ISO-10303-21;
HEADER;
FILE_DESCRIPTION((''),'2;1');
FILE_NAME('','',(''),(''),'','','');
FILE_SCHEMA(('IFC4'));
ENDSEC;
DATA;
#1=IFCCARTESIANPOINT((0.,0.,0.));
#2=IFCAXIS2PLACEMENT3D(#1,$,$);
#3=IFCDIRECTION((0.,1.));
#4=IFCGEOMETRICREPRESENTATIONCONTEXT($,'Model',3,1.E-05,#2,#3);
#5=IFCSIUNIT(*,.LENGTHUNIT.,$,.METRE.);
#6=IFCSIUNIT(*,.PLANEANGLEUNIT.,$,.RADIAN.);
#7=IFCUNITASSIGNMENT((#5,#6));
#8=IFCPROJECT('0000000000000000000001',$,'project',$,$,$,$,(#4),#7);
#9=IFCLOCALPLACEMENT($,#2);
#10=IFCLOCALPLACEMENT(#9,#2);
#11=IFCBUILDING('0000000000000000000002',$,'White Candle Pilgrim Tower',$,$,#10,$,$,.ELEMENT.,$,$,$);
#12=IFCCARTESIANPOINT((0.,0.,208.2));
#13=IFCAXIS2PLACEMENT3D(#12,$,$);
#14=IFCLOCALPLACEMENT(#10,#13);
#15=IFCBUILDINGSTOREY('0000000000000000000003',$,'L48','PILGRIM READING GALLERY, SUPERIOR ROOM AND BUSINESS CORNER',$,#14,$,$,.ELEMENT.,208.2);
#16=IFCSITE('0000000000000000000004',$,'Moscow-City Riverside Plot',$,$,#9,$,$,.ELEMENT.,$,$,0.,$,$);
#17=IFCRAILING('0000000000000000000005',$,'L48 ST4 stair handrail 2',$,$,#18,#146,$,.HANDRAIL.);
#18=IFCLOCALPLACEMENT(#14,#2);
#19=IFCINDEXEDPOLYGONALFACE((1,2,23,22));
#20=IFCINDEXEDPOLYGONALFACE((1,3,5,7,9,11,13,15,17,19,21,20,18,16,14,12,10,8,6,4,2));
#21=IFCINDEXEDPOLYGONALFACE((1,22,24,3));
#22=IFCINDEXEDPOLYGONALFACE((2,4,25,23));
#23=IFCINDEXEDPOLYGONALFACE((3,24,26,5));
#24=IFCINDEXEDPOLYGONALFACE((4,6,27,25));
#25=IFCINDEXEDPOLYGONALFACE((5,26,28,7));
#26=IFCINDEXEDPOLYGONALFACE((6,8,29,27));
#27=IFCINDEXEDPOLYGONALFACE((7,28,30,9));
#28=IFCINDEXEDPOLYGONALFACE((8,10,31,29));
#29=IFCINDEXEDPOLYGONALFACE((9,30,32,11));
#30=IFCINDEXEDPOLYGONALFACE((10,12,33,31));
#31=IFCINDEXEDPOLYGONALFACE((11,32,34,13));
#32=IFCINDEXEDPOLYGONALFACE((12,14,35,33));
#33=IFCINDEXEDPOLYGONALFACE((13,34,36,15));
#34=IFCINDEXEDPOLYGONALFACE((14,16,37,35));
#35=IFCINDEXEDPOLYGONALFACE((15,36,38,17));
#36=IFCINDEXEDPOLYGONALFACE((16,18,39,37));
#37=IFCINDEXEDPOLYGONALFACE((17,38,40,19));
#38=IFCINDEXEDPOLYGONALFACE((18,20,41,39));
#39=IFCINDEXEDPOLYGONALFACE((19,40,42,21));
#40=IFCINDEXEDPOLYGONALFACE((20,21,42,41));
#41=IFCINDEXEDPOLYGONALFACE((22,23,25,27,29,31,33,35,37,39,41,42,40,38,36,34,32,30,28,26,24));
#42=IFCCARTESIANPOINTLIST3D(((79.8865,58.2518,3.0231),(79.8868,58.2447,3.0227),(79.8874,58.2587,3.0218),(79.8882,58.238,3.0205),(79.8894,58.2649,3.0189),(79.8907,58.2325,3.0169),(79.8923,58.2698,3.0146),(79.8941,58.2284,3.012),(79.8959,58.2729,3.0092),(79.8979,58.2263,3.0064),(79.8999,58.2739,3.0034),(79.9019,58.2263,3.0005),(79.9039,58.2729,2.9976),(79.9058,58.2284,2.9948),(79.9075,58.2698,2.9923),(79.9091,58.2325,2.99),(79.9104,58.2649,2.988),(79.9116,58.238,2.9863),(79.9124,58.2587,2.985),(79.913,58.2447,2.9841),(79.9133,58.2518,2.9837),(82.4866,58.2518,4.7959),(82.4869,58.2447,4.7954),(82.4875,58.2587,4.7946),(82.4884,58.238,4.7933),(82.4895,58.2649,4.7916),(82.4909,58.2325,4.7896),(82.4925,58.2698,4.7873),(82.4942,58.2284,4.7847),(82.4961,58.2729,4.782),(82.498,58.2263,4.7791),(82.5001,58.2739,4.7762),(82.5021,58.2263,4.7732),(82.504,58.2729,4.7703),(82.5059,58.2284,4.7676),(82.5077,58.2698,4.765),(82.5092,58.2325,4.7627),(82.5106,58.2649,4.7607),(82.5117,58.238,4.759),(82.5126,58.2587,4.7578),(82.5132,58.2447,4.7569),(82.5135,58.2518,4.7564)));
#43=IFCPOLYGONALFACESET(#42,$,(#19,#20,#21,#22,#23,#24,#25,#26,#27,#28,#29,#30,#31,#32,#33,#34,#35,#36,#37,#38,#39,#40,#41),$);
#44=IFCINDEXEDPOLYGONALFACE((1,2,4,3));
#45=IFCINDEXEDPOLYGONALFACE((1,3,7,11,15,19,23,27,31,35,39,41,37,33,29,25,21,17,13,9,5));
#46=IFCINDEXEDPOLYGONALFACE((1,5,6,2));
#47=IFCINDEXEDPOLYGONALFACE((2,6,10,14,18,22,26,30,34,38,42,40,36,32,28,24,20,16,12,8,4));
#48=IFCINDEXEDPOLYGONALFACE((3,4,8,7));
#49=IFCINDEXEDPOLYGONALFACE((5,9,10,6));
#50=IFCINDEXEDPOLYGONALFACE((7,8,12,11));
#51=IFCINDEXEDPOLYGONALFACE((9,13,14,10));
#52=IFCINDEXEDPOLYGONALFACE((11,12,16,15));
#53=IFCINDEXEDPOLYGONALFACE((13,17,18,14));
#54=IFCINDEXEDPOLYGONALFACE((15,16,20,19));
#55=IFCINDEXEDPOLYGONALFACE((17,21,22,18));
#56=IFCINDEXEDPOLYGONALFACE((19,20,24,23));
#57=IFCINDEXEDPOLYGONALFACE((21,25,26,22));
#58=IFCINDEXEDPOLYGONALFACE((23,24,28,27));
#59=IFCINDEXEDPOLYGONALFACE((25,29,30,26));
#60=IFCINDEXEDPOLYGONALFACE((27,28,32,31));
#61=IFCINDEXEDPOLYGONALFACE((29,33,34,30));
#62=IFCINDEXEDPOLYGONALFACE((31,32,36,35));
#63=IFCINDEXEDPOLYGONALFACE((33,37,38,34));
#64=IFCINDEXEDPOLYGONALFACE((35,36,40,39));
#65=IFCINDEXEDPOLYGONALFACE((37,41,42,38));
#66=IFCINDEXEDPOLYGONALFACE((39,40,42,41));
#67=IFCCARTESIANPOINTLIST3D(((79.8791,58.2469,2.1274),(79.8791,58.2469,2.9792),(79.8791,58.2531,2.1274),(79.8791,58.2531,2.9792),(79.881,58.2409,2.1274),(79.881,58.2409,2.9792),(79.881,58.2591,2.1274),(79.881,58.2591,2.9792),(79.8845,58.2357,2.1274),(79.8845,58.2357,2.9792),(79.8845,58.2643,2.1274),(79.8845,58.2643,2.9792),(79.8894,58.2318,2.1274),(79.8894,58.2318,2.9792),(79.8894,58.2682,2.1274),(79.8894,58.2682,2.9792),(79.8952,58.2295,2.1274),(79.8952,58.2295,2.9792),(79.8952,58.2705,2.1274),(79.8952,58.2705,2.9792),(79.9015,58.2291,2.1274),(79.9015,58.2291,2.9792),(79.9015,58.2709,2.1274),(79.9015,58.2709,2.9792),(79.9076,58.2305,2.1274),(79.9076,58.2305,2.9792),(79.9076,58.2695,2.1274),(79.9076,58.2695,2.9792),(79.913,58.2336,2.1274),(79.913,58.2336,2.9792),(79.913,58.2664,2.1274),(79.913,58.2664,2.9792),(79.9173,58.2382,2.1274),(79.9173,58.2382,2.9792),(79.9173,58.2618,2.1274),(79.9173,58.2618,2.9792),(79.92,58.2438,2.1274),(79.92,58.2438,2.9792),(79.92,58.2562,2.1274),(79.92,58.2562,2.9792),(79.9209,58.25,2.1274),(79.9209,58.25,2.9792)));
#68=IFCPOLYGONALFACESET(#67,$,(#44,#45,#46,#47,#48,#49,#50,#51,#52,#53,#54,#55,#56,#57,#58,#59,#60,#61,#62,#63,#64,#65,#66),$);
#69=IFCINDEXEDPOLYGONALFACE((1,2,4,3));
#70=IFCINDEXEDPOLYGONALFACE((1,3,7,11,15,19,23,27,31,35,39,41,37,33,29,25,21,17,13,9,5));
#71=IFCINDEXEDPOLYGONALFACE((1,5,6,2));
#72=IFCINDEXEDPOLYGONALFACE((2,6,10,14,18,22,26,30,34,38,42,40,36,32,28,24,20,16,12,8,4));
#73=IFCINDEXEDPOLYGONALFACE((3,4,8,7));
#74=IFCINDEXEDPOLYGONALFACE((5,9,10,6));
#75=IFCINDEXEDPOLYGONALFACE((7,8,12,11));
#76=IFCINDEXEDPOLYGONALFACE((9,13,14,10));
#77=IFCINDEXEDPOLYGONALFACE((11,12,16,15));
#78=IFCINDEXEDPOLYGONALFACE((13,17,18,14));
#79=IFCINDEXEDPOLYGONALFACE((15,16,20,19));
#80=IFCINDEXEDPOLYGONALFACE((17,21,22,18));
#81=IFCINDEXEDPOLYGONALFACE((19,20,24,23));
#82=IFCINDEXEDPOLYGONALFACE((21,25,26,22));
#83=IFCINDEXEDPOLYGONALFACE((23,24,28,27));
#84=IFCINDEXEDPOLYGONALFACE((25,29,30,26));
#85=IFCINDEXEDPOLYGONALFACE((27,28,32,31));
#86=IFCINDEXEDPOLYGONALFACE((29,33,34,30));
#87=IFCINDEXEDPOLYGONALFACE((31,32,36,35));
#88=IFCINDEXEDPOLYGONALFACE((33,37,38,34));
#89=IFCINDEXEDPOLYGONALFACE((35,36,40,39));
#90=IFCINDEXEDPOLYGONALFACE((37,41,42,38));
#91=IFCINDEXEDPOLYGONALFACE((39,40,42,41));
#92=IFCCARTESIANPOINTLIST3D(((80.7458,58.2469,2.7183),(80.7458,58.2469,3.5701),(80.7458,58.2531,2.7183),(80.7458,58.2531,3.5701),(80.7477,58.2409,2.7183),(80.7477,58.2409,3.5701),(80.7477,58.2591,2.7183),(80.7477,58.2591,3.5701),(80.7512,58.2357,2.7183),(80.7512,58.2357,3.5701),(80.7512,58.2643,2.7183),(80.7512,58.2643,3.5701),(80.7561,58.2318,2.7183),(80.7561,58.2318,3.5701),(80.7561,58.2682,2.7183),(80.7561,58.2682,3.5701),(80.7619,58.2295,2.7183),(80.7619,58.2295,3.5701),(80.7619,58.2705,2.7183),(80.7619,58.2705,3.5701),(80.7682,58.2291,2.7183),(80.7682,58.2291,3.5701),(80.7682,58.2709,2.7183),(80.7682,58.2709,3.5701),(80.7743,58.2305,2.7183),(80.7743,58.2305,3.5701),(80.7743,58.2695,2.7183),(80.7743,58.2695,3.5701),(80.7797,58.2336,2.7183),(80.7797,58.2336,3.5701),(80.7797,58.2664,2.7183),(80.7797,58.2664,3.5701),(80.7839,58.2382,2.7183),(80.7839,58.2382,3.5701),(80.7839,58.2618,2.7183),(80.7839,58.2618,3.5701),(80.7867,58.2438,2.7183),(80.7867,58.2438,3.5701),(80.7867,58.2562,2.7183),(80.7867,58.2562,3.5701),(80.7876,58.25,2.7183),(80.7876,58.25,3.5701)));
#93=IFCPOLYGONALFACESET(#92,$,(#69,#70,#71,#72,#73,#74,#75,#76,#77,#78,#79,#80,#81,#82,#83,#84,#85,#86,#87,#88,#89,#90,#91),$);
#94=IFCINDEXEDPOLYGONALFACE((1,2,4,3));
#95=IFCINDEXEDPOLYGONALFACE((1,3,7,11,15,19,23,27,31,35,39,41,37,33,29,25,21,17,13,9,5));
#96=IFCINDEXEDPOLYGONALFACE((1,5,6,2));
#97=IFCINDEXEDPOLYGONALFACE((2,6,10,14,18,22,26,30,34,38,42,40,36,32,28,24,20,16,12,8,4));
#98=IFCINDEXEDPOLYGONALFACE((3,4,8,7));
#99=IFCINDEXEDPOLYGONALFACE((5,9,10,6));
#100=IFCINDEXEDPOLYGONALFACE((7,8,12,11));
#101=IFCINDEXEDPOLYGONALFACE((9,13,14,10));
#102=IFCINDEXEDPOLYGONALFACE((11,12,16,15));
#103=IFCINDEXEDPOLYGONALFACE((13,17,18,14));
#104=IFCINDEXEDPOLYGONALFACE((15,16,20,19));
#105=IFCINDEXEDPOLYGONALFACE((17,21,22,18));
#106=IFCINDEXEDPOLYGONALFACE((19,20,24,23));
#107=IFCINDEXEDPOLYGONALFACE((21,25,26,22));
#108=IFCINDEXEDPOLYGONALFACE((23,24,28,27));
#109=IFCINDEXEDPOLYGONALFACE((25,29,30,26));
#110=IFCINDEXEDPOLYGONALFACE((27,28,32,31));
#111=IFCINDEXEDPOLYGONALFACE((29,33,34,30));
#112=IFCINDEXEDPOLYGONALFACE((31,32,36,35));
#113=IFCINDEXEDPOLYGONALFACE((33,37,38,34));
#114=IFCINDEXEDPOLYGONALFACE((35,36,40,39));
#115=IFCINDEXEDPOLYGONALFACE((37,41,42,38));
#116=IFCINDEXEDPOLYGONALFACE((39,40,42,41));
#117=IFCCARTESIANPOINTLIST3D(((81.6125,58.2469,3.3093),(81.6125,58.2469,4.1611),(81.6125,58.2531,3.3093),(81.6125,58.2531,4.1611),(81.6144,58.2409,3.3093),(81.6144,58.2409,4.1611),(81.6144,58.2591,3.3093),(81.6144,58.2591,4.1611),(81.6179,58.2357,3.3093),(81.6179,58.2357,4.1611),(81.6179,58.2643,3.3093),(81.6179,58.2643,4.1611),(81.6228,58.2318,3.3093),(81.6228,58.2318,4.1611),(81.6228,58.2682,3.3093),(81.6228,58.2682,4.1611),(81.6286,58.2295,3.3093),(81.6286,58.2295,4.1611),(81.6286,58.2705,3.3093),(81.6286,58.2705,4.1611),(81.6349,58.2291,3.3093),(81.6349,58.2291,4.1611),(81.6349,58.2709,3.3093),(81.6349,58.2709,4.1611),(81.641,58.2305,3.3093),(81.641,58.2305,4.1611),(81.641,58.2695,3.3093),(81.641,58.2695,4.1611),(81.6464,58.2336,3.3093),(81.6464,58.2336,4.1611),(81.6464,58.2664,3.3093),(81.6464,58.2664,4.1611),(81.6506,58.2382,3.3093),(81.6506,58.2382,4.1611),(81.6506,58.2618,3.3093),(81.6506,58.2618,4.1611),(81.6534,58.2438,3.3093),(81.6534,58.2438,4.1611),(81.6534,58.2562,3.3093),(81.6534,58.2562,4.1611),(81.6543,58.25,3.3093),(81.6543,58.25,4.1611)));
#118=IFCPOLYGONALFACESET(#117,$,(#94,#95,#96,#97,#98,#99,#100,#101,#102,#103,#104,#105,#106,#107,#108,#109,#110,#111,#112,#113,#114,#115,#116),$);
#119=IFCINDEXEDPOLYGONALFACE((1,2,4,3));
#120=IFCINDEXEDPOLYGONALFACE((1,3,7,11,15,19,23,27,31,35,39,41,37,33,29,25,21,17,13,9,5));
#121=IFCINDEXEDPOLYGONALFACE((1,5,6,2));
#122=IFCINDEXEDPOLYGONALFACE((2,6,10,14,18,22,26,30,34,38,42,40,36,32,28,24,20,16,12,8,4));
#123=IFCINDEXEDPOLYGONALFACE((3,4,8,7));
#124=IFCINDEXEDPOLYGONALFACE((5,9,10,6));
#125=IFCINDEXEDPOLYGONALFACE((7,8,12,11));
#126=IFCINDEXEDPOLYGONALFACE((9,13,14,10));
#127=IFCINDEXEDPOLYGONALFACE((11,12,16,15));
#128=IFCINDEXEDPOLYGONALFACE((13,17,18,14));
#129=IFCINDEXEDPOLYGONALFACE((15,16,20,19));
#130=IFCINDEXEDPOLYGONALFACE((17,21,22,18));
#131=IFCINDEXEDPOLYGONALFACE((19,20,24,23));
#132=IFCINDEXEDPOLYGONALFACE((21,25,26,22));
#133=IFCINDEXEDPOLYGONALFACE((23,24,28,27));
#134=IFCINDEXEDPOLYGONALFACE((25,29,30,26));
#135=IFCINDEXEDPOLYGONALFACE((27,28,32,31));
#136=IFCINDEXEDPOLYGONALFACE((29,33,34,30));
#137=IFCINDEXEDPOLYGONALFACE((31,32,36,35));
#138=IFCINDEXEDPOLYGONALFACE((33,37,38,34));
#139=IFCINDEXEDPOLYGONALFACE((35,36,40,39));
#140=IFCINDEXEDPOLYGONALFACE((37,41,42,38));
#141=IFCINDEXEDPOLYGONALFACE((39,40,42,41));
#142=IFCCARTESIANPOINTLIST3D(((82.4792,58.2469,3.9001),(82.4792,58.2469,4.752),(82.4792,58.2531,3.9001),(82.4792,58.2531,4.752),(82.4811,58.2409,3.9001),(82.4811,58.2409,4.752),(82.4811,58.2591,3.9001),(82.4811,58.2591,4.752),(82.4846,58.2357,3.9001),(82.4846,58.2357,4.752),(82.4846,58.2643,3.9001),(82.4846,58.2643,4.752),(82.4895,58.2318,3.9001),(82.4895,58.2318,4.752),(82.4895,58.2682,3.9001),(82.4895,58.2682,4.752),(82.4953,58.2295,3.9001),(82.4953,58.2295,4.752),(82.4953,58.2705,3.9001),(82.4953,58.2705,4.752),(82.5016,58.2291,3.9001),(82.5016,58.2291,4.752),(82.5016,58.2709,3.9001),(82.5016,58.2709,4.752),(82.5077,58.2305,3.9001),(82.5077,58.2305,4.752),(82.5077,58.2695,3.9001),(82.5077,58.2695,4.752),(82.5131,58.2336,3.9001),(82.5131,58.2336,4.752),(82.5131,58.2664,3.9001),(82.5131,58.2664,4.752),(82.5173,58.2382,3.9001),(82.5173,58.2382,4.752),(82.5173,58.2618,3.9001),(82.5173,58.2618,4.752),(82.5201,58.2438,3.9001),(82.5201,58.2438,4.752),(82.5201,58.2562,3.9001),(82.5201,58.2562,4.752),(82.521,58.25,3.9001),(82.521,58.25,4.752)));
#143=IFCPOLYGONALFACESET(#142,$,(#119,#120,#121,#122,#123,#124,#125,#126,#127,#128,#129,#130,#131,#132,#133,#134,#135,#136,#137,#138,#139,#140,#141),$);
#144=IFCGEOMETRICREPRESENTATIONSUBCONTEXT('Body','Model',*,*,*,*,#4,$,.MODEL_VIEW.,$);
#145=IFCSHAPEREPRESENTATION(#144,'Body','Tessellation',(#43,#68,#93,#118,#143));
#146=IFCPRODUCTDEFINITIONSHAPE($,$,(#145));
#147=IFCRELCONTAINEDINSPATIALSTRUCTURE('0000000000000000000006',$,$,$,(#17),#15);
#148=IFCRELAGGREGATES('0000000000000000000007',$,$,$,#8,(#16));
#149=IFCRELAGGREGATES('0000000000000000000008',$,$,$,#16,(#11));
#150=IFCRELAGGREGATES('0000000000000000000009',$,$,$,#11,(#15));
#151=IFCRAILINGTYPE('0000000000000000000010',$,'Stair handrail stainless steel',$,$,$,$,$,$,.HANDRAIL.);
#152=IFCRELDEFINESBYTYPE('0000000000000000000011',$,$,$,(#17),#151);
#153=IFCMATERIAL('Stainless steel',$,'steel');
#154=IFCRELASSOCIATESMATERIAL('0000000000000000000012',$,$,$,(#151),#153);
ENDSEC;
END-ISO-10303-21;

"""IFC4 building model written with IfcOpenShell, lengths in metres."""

from ifc_helpers import new_model, si_unit, direction, frame, origin, origin_2d, place, context, subcontext, project, spatial, circle, extrude, material, type_object, element, save


model = new_model("IFC4")

# Units and contexts
model_context = context("Model", 3, precision=1e-05, world=origin(), true_north=direction((0.0, 1.0)))
body_context = subcontext(model_context, "Body", "Model", "MODEL_VIEW")
ifc_project = project(units=[si_unit("LENGTHUNIT", "METRE"), si_unit("PLANEANGLEUNIT", "RADIAN")], contexts=[model_context])

# Site, building, storey
site_placement = place(None, origin())
site = spatial("IfcSite", under=ifc_project, at=site_placement, Name="Moscow-City Riverside Plot", CompositionType="ELEMENT", RefElevation=0.0)
building_placement = place(site_placement, origin())
building = spatial("IfcBuilding", under=site, at=building_placement, Name="White Candle Pilgrim Tower", CompositionType="ELEMENT")
storey_placement = place(building_placement, frame((0.0, 0.0, 208.2)))
storey = spatial("IfcBuildingStorey", under=building, at=storey_placement, Name="L48", Description="PILGRIM READING GALLERY, SUPERIOR ROOM AND BUSINESS CORNER", CompositionType="ELEMENT", Elevation=208.2)

# Railing
ifc_material_1 = material(Name="Stainless steel", Category="steel")
railing_type_1 = type_object("IfcRailingType", Name="Stair handrail stainless steel", PredefinedType="HANDRAIL", material=ifc_material_1)
railing_1_placement = place(storey_placement, frame((79.8999, 58.25, 2.1274)))
element("IfcRailing", 1, at=railing_1_placement, inside=storey, type_object=railing_type_1, Name="L48 ST4 stair handrail 2", PredefinedType="HANDRAIL", context=body_context, shape_type="SweptSolid", body=[
    extrude(circle(Radius=0.0239, at=origin_2d()), frame((0.0, 0.0, 0.876), z_axis=(0.82624, 0.0, 0.563318), x_axis=(0.0, 1.0, 0.0)), (0.0, 0.0, 1.0), 3.147),
    extrude(circle(Radius=0.021, at=origin_2d()), origin(), (0.0, 0.0, 1.0), 0.8518),
    extrude(circle(Radius=0.021, at=origin_2d()), frame((0.8667, 0.0, 0.5908)), (0.0, 0.0, 1.0), 0.8518),
    extrude(circle(Radius=0.021, at=origin_2d()), frame((1.7334, 0.0, 1.1819)), (0.0, 0.0, 1.0), 0.8518),
    extrude(circle(Radius=0.021, at=origin_2d()), frame((2.6001, 0.0, 1.7727)), (0.0, 0.0, 1.0), 0.8518),
])

save(model, "model.ifc")
